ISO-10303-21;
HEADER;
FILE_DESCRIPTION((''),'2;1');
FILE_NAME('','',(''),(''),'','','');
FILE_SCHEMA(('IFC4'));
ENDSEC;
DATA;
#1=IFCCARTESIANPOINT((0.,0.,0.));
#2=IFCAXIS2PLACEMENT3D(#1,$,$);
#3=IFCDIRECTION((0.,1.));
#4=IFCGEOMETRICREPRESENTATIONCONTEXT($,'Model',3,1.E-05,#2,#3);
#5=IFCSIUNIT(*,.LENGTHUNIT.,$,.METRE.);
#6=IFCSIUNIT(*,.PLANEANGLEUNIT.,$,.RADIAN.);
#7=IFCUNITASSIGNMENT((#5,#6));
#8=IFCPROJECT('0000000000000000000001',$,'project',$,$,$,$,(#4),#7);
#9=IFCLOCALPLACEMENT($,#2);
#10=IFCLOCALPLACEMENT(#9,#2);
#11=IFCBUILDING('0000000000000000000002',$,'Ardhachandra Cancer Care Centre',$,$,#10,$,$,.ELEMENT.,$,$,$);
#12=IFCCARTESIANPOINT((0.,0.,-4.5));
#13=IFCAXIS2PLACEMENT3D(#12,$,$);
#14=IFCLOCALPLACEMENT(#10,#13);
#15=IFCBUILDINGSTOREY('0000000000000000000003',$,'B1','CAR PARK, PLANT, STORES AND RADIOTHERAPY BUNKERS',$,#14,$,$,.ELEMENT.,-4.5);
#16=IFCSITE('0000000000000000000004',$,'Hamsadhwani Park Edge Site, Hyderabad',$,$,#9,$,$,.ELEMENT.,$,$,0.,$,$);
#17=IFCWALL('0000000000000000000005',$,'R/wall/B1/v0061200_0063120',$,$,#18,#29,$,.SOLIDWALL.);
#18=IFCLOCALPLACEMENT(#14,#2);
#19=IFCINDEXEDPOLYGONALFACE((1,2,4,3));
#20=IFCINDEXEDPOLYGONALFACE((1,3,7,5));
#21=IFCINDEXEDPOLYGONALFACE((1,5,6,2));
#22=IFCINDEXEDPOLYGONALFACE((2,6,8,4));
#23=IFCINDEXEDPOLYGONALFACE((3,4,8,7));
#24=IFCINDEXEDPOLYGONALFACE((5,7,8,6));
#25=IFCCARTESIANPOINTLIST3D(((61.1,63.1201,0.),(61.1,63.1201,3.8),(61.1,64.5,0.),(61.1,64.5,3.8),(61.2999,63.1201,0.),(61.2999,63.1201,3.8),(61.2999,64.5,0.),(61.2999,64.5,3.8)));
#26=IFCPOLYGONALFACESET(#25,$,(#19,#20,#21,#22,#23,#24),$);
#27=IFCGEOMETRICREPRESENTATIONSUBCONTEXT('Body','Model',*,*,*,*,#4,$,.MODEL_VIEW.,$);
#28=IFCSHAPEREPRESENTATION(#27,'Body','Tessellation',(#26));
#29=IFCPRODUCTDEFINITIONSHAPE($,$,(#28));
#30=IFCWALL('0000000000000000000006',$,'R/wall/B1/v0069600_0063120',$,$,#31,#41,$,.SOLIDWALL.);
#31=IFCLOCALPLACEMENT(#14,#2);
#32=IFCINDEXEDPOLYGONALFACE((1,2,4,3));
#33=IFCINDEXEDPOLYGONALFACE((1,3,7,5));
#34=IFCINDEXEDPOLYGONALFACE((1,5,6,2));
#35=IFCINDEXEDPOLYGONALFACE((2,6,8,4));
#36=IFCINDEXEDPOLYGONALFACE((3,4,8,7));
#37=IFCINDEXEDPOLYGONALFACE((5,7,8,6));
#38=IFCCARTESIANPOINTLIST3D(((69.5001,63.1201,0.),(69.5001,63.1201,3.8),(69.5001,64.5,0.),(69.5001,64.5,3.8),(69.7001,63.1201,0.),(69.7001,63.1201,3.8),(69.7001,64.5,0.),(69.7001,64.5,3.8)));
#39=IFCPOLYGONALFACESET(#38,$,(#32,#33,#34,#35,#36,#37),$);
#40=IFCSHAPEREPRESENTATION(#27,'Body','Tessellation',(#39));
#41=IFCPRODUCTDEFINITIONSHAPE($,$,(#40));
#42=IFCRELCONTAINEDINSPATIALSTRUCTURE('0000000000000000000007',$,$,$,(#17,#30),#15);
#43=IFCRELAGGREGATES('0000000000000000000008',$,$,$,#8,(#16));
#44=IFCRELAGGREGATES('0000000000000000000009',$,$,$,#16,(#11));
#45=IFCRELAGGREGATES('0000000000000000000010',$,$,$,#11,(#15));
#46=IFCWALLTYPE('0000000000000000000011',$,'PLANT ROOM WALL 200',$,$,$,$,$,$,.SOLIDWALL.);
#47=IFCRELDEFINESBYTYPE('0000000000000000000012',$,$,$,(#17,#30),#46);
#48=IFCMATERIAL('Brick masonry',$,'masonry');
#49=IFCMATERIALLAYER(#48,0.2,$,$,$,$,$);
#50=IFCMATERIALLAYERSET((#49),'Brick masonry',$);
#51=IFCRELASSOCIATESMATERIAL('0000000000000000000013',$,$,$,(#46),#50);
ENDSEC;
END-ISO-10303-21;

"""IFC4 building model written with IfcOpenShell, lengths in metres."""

from ifc_helpers import new_model, si_unit, direction, frame, frame_2d, origin, place, context, subcontext, project, spatial, rectangle, extrude, material, layer, layer_set, type_object, element, save


model = new_model("IFC4")

# Units and contexts
model_context = context("Model", 3, precision=1e-05, world=origin(), true_north=direction((0.0, 1.0)))
body_context = subcontext(model_context, "Body", "Model", "MODEL_VIEW")
ifc_project = project(units=[si_unit("LENGTHUNIT", "METRE"), si_unit("PLANEANGLEUNIT", "RADIAN")], contexts=[model_context])

# Site, building, storey
site_placement = place(None, origin())
site = spatial("IfcSite", under=ifc_project, at=site_placement, Name="Hamsadhwani Park Edge Site, Hyderabad", CompositionType="ELEMENT", RefElevation=0.0)
building_placement = place(site_placement, origin())
building = spatial("IfcBuilding", under=site, at=building_placement, Name="Ardhachandra Cancer Care Centre", CompositionType="ELEMENT")
storey_placement = place(building_placement, frame((0.0, 0.0, -4.5)))
storey = spatial("IfcBuildingStorey", under=building, at=storey_placement, Name="B1", Description="CAR PARK, PLANT, STORES AND RADIOTHERAPY BUNKERS", CompositionType="ELEMENT", Elevation=-4.5)

# Walls
ifc_material_1 = material(Name="Brick masonry", Category="masonry")
ifc_layer = layer(ifc_material_1, 0.2)
ifc_layer_set = layer_set([ifc_layer], Name="Brick masonry")
wall_type = type_object("IfcWallType", Name="PLANT ROOM WALL 200", PredefinedType="SOLIDWALL", material=ifc_layer_set)
for number, where, z_axis, x_axis, name in (
    (1, (61.2, 63.1201, 0.0), (0.0, 0.0, 1.0), (0.0, 1.0, 0.0), "R/wall/B1/v0061200_0063120"),
    (2, (69.6001, 63.1201, 0.0), (0.0, 0.0, 1.0), (0.0, 1.0, 0.0), "R/wall/B1/v0069600_0063120"),
):
    element("IfcWall", number, at=place(storey_placement, frame(where, z_axis=z_axis, x_axis=x_axis)), inside=storey, type_object=wall_type, Name=name, PredefinedType="SOLIDWALL", context=body_context, shape_type="SweptSolid", body=[
        extrude(rectangle(XDim=1.3799, YDim=0.2, at=frame_2d((0.6899, 0.0))), origin(), (0.0, 0.0, 1.0), 3.8),
    ])

save(model, "model.ifc")
